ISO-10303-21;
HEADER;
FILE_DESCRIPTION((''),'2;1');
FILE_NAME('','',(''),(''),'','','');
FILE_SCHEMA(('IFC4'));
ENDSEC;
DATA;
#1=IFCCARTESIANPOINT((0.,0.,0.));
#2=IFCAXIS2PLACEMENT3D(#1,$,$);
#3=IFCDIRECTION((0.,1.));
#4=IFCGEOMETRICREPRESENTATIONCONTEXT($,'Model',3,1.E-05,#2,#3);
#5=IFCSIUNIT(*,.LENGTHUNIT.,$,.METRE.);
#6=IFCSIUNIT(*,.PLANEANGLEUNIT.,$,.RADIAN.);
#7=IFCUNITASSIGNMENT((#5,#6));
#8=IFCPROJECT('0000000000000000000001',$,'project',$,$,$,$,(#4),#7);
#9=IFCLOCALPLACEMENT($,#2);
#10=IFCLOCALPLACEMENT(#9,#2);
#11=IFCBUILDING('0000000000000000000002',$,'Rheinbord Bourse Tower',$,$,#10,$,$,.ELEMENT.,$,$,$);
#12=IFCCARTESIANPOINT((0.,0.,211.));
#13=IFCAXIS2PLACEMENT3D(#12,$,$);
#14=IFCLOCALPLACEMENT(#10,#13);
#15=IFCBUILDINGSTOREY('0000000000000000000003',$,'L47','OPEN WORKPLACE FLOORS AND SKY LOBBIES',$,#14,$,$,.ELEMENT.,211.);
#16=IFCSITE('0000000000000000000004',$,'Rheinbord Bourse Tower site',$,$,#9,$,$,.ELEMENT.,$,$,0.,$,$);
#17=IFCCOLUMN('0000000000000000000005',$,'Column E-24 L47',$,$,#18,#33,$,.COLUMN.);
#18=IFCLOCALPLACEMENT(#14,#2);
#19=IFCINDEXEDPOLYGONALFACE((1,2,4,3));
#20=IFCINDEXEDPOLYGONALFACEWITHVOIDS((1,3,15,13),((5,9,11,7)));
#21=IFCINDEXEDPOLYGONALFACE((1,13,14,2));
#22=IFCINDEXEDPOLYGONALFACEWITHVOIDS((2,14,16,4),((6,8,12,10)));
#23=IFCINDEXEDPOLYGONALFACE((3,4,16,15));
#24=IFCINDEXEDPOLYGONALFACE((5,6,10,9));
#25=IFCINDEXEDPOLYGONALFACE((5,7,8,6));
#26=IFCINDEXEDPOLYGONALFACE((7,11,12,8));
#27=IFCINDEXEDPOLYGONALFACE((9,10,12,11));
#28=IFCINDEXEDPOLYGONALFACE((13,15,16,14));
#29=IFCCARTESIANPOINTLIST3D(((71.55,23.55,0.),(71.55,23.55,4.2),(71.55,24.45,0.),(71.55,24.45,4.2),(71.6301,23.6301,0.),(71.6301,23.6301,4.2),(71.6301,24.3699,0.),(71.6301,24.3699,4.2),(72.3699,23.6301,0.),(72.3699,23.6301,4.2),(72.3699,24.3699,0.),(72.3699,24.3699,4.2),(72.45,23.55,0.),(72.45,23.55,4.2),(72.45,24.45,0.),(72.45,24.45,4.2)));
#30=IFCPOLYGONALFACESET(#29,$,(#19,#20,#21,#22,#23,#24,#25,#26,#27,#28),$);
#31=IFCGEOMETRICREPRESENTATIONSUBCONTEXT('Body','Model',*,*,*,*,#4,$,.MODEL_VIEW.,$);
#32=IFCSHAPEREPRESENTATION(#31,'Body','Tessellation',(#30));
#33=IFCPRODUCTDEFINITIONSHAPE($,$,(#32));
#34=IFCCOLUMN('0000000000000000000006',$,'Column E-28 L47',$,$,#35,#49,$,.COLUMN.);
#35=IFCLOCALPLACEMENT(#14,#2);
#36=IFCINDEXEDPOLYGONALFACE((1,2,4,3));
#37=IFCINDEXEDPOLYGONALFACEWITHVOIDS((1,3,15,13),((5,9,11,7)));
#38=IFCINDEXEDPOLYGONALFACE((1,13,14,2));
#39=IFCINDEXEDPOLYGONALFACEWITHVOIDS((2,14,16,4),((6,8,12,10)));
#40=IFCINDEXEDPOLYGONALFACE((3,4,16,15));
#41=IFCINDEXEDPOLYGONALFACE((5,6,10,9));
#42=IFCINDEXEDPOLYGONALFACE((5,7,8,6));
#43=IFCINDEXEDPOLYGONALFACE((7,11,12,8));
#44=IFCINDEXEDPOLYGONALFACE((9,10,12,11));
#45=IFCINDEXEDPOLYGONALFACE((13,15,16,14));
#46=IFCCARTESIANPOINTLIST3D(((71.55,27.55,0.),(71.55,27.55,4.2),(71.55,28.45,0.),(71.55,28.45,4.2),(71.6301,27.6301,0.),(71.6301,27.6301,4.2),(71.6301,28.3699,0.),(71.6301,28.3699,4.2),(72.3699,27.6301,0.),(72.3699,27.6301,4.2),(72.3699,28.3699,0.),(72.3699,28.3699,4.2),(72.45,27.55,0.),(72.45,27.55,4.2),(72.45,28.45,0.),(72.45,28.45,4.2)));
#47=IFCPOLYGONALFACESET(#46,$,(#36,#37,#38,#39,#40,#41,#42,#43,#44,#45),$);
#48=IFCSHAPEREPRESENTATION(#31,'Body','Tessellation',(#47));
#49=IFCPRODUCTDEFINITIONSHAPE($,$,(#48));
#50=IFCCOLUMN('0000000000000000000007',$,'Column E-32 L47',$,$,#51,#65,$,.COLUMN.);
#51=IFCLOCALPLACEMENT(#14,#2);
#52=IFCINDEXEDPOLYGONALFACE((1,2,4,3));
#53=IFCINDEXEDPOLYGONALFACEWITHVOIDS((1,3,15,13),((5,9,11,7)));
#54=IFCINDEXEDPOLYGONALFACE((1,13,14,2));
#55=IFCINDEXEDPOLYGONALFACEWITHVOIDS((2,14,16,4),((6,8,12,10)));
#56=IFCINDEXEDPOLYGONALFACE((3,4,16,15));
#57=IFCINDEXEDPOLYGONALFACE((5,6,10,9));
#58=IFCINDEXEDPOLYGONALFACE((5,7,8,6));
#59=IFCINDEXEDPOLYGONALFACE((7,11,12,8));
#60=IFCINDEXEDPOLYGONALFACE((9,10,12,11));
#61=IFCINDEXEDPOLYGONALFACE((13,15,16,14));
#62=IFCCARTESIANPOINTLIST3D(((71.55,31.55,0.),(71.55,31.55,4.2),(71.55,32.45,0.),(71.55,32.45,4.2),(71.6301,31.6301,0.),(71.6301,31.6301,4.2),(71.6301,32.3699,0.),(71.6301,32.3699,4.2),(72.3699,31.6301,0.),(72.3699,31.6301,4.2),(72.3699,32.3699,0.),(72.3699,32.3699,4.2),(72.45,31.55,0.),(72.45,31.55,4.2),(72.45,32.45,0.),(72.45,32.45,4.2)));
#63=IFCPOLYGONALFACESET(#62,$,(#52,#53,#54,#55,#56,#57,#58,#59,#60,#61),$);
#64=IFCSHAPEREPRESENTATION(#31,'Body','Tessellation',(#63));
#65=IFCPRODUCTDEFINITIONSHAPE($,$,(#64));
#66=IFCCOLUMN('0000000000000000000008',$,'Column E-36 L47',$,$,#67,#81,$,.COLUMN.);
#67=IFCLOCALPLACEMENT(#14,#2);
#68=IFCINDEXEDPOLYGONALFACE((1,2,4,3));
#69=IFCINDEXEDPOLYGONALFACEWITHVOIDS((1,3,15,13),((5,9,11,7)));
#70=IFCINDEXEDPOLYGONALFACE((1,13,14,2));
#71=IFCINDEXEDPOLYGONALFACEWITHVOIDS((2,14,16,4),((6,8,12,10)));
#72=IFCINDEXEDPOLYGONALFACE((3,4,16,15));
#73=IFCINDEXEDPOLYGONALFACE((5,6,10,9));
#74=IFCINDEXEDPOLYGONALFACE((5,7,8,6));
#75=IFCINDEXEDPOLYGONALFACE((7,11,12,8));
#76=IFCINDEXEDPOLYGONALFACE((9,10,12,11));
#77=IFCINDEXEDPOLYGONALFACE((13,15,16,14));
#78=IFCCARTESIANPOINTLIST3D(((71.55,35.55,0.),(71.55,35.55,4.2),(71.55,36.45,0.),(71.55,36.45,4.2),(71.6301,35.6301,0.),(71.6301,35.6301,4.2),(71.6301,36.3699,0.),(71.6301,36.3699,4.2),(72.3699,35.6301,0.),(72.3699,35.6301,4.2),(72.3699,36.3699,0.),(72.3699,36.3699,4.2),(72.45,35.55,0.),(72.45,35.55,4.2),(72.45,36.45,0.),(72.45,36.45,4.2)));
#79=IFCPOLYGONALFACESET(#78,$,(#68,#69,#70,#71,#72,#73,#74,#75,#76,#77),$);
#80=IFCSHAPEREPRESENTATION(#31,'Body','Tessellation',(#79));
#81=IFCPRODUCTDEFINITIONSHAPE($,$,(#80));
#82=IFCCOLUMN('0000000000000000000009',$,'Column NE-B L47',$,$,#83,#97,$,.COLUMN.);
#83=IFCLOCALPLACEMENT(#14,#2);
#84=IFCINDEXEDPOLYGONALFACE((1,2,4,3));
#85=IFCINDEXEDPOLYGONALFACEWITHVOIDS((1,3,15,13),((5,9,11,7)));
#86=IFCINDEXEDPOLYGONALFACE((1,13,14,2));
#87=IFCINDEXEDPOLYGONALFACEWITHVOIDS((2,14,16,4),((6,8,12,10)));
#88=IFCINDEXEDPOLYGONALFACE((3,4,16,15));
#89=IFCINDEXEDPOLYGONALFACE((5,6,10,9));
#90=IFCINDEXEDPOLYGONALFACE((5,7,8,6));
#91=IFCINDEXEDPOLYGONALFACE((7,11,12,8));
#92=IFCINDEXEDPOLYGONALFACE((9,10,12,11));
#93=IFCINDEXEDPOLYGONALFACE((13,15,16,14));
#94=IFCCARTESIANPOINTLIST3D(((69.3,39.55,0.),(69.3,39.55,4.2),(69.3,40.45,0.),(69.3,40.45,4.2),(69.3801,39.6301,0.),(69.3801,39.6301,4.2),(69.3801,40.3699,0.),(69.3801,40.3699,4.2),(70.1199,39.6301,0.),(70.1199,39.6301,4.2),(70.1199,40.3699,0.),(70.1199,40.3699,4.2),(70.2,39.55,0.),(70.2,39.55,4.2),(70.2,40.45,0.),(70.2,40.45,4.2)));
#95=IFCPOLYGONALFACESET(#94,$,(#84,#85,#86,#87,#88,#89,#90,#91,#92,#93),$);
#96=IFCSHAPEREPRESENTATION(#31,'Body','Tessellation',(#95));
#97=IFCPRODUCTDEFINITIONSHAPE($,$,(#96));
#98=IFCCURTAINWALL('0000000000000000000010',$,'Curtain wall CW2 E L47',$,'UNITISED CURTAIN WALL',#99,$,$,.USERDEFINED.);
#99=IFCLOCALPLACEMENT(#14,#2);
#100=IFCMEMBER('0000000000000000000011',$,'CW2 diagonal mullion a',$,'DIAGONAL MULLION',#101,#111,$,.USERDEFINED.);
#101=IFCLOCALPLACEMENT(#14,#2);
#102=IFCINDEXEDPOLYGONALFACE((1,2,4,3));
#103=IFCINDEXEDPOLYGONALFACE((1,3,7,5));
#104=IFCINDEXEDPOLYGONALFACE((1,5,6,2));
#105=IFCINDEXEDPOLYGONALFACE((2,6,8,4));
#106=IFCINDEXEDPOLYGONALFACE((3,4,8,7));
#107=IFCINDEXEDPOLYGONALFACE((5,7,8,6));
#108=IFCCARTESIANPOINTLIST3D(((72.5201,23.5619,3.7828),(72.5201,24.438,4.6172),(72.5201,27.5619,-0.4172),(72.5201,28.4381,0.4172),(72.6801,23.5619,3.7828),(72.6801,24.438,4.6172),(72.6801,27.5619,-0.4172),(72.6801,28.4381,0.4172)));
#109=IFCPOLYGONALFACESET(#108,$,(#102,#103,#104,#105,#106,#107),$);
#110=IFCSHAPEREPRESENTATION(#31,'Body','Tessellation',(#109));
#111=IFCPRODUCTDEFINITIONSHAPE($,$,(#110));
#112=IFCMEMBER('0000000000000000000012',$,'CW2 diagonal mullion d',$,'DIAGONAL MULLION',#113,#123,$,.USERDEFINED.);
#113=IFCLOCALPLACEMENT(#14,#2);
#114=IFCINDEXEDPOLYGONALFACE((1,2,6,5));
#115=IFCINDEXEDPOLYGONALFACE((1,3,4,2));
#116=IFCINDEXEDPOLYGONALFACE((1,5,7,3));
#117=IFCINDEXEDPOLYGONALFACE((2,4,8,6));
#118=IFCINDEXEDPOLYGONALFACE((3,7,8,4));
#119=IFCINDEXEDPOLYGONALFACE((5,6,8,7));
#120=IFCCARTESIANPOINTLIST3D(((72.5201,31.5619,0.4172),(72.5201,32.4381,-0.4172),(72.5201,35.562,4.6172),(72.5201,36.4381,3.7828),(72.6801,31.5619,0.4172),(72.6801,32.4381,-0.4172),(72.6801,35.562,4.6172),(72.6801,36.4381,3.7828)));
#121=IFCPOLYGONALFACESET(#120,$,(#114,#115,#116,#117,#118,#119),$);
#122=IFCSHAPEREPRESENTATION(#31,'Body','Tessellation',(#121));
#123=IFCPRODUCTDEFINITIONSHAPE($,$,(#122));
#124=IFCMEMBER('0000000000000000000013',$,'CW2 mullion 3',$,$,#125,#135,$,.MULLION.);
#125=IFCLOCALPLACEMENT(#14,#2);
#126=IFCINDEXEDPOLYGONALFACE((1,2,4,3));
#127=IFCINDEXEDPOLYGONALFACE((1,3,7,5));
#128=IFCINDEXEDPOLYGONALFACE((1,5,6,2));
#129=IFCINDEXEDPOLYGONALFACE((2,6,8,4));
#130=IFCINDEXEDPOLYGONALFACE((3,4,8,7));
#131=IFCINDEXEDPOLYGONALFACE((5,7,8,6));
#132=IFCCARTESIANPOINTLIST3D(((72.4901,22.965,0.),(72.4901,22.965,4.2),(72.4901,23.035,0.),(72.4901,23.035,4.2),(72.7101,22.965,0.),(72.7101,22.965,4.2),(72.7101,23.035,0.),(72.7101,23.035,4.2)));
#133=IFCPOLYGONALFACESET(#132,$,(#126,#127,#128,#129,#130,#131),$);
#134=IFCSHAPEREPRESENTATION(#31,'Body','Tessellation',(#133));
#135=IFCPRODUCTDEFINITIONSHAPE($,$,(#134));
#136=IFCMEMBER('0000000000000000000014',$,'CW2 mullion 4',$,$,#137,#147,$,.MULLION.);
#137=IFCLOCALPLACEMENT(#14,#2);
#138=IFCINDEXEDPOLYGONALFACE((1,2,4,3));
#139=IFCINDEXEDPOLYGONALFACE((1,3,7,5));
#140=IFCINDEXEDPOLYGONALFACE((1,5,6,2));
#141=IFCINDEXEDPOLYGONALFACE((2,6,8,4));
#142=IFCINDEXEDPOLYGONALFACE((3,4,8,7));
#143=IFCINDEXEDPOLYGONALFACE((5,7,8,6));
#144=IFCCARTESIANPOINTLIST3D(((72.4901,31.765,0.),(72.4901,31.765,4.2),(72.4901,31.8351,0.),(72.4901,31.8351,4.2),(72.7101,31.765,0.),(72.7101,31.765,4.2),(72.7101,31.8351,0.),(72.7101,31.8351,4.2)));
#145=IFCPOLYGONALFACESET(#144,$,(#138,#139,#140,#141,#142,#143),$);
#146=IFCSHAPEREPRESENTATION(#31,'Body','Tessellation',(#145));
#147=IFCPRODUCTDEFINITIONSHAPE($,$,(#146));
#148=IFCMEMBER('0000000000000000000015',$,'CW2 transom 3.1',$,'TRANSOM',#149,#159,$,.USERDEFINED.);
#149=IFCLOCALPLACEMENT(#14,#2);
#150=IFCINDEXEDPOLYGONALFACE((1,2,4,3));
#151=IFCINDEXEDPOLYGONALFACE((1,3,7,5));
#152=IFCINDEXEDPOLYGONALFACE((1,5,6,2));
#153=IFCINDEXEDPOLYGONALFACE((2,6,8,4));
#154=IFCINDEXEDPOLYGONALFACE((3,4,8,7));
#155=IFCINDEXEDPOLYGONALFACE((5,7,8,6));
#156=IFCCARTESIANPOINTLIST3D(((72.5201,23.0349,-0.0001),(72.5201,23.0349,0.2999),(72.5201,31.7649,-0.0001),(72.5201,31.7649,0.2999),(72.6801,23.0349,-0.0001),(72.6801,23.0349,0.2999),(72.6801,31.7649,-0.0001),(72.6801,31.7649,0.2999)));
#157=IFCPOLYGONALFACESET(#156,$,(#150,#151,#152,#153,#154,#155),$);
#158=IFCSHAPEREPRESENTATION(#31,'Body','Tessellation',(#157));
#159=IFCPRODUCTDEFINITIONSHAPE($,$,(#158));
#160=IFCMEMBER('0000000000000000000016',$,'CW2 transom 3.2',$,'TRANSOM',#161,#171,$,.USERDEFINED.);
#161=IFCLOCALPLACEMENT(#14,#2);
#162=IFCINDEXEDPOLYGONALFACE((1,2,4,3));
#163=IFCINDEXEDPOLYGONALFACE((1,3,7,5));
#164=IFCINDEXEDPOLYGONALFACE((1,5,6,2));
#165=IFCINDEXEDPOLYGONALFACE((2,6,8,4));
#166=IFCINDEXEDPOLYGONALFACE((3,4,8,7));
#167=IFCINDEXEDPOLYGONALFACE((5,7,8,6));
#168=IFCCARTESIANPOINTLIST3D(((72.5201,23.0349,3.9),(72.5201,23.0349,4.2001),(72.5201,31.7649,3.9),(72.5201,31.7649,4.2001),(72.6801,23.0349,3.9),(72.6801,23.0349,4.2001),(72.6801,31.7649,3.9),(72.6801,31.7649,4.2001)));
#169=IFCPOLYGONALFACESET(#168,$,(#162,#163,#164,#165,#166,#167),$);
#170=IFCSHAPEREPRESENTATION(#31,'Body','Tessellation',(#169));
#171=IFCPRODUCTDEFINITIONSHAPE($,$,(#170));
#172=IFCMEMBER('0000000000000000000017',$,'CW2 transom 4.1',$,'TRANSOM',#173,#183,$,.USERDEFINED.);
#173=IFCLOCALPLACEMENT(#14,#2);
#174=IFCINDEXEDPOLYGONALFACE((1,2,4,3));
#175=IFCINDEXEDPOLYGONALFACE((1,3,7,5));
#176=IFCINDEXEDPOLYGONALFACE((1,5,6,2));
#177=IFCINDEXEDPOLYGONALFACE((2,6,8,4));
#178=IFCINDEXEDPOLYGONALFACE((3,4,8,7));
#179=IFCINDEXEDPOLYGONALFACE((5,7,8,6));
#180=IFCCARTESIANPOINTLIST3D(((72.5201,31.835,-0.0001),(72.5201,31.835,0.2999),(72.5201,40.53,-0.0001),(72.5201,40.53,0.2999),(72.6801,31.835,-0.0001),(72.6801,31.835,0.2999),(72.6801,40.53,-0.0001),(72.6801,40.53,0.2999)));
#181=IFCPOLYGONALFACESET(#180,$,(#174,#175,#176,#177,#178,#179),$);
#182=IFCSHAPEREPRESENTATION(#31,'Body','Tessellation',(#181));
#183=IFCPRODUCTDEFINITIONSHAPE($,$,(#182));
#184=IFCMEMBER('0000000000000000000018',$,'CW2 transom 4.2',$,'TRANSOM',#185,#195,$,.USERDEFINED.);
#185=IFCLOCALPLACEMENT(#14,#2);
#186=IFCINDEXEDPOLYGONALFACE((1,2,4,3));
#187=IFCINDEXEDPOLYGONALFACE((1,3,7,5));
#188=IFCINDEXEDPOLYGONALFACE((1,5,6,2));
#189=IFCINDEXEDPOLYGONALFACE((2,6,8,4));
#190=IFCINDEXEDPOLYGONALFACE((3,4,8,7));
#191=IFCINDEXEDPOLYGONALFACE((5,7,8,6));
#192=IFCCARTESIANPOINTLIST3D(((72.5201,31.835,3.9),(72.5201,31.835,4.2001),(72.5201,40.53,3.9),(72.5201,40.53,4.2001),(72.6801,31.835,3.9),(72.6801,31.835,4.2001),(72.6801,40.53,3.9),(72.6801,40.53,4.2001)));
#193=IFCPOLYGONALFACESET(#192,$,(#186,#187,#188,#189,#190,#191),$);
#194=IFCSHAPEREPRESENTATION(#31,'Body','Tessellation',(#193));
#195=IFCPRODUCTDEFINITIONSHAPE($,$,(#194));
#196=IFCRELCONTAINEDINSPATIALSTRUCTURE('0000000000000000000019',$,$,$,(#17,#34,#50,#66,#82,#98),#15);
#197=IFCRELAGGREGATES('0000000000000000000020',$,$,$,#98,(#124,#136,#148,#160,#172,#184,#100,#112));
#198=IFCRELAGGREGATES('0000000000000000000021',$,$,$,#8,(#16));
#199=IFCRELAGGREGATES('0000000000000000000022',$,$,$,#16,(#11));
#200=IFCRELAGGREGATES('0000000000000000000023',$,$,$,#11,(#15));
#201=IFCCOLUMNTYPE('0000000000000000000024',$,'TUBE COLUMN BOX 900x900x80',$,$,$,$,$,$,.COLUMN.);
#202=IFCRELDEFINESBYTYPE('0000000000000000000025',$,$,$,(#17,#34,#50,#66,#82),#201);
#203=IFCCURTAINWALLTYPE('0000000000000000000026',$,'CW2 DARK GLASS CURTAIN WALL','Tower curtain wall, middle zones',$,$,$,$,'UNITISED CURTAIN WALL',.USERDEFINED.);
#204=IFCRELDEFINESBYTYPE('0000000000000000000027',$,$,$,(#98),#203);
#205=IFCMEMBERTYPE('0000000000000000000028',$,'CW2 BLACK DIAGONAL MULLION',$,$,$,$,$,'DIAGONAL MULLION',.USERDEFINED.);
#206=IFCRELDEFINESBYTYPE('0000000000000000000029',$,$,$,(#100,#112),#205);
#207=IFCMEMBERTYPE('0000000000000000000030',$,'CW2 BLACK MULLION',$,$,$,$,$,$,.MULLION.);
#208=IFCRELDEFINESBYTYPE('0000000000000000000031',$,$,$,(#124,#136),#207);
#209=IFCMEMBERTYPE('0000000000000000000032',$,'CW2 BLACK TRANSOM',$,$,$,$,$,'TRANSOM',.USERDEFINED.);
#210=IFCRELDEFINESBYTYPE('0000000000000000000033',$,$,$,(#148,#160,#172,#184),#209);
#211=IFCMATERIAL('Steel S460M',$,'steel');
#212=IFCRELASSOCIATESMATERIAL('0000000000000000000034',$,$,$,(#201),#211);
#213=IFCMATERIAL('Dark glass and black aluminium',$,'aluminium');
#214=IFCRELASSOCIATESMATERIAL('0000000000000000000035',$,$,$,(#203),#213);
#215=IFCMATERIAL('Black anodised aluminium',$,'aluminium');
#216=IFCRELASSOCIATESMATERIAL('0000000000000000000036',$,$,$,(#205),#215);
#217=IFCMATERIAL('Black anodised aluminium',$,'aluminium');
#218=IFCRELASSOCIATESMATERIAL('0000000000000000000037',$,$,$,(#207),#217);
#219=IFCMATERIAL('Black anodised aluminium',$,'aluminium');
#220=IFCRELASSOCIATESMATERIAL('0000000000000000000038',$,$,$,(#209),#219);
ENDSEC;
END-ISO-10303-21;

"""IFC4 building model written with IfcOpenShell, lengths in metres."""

from ifc_helpers import new_model, si_unit, direction, frame, origin, origin_2d, place, context, subcontext, project, spatial, rectangle, hollow_rectangle, extrude, material, material_profile, profile_set, type_object, element, aggregate, save


model = new_model("IFC4")

# Units and contexts
model_context = context("Model", 3, precision=1e-05, world=origin(), true_north=direction((0.0, 1.0)))
body_context = subcontext(model_context, "Body", "Model", "MODEL_VIEW")
ifc_project = project(units=[si_unit("LENGTHUNIT", "METRE"), si_unit("PLANEANGLEUNIT", "RADIAN")], contexts=[model_context])

# Site, building, storey
site_placement = place(None, origin())
site = spatial("IfcSite", under=ifc_project, at=site_placement, Name="Rheinbord Bourse Tower site", CompositionType="ELEMENT", RefElevation=0.0)
building_placement = place(site_placement, origin())
building = spatial("IfcBuilding", under=site, at=building_placement, Name="Rheinbord Bourse Tower", CompositionType="ELEMENT")
storey_placement = place(building_placement, frame((0.0, 0.0, 211.0)))
storey = spatial("IfcBuildingStorey", under=building, at=storey_placement, Name="L47", Description="OPEN WORKPLACE FLOORS AND SKY LOBBIES", CompositionType="ELEMENT", Elevation=211.0)

# Columns
ifc_material_1 = material(Name="Steel S460M", Category="steel")
ifc_material_profile_1 = material_profile(ifc_material_1, hollow_rectangle(XDim=0.8999, YDim=0.8999, WallThickness=0.0801, at=origin_2d()), Name="BOX 900x900x80")
ifc_profile_set_1 = profile_set([ifc_material_profile_1], Name="Steel S460M")
column_type = type_object("IfcColumnType", Name="TUBE COLUMN BOX 900x900x80", PredefinedType="COLUMN", material=ifc_profile_set_1)
for number, where, z_axis, x_axis, name in (
    (1, (72.0, 24.0, 0.0), (0.0, 0.0, 1.0), (1.0, 0.0, 0.0), "Column E-24 L47"),
    (2, (72.0, 28.0, 0.0), (0.0, 0.0, 1.0), (1.0, 0.0, 0.0), "Column E-28 L47"),
    (3, (72.0, 32.0, 0.0), (0.0, 0.0, 1.0), (1.0, 0.0, 0.0), "Column E-32 L47"),
    (4, (72.0, 36.0, 0.0), (0.0, 0.0, 1.0), (1.0, 0.0, 0.0), "Column E-36 L47"),
    (5, (69.75, 40.0, 0.0), (0.0, 0.0, 1.0), (1.0, 0.0, 0.0), "Column NE-B L47"),
):
    element("IfcColumn", number, at=place(storey_placement, frame(where, z_axis=z_axis, x_axis=x_axis)), inside=storey, type_object=column_type, Name=name, PredefinedType="COLUMN", context=body_context, shape_type="SweptSolid", body=[
        extrude(hollow_rectangle(XDim=0.8999, YDim=0.8999, WallThickness=0.0801, at=origin_2d()), origin(), (0.0, 0.0, 1.0), 4.2),
    ])

# Curtain wall, members
ifc_material_2 = material(Name="Dark glass and black aluminium", Category="aluminium")
curtain_wall_type = type_object("IfcCurtainWallType", Name="CW2 DARK GLASS CURTAIN WALL", Description="Tower curtain wall, middle zones", ElementType="UNITISED CURTAIN WALL", PredefinedType="USERDEFINED", material=ifc_material_2)
curtain_wall_placement = place(storey_placement, origin())
curtain_wall = element("IfcCurtainWall", 6, at=curtain_wall_placement, inside=storey, type_object=curtain_wall_type, Name="Curtain wall CW2 E L47", ObjectType="UNITISED CURTAIN WALL", PredefinedType="USERDEFINED")
ifc_material_3 = material(Name="Black anodised aluminium", Category="aluminium")
ifc_material_profile_2 = material_profile(ifc_material_3, rectangle(XDim=0.1599, YDim=1.21, at=origin_2d()), Name="CW2 DIAGONAL MULLION 1210x160")
ifc_profile_set_2 = profile_set([ifc_material_profile_2], Name="Black anodised aluminium")
member_type_1 = type_object("IfcMemberType", Name="CW2 BLACK DIAGONAL MULLION", ElementType="DIAGONAL MULLION", PredefinedType="USERDEFINED", material=ifc_profile_set_2)
member_1_placement = place(storey_placement, frame((72.6001, 28.0, 0.0), z_axis=(0.0, -0.689659, 0.724134), x_axis=(1.0, 0.0, 0.0)))
member_1 = element("IfcMember", 7, at=member_1_placement, type_object=member_type_1, Name="CW2 diagonal mullion a", ObjectType="DIAGONAL MULLION", PredefinedType="USERDEFINED", context=body_context, shape_type="SweptSolid", body=[
    extrude(rectangle(XDim=0.1599, YDim=1.21, at=origin_2d()), origin(), (0.0, 0.0, 1.0), 5.8),
])
member_2_placement = place(storey_placement, frame((72.6001, 32.0, 0.0), z_axis=(0.0, 0.689659, 0.724134), x_axis=(-1.0, 0.0, 0.0)))
member_2 = element("IfcMember", 8, at=member_2_placement, type_object=member_type_1, Name="CW2 diagonal mullion d", ObjectType="DIAGONAL MULLION", PredefinedType="USERDEFINED", context=body_context, shape_type="SweptSolid", body=[
    extrude(rectangle(XDim=0.1599, YDim=1.21, at=origin_2d()), origin(), (0.0, 0.0, 1.0), 5.8),
])
ifc_material_4 = material(Name="Black anodised aluminium", Category="aluminium")
ifc_material_profile_3 = material_profile(ifc_material_4, rectangle(XDim=0.22, YDim=0.0701, at=origin_2d()), Name="CW2 MULLION 70x220")
ifc_profile_set_3 = profile_set([ifc_material_profile_3], Name="Black anodised aluminium")
member_type_2 = type_object("IfcMemberType", Name="CW2 BLACK MULLION", PredefinedType="MULLION", material=ifc_profile_set_3)
member_3_placement = place(storey_placement, frame((72.6001, 23.0, 0.0), z_axis=(0.0, 0.0, 1.0), x_axis=(-1.0, 0.0, 0.0)))
member_3 = element("IfcMember", 9, at=member_3_placement, type_object=member_type_2, Name="CW2 mullion 3", PredefinedType="MULLION", context=body_context, shape_type="SweptSolid", body=[
    extrude(rectangle(XDim=0.22, YDim=0.0701, at=origin_2d()), origin(), (0.0, 0.0, 1.0), 4.2),
])
member_4_placement = place(storey_placement, frame((72.6001, 31.8, 0.0), z_axis=(0.0, 0.0, 1.0), x_axis=(-1.0, 0.0, 0.0)))
member_4 = element("IfcMember", 10, at=member_4_placement, type_object=member_type_2, Name="CW2 mullion 4", PredefinedType="MULLION", context=body_context, shape_type="SweptSolid", body=[
    extrude(rectangle(XDim=0.22, YDim=0.0701, at=origin_2d()), origin(), (0.0, 0.0, 1.0), 4.2),
])
ifc_material_5 = material(Name="Black anodised aluminium", Category="aluminium")
ifc_material_profile_4 = material_profile(ifc_material_5, rectangle(XDim=0.1599, YDim=0.3, at=origin_2d()), Name="CW2 TRANSOM 300x160")
ifc_profile_set_4 = profile_set([ifc_material_profile_4], Name="Black anodised aluminium")
member_type_3 = type_object("IfcMemberType", Name="CW2 BLACK TRANSOM", ElementType="TRANSOM", PredefinedType="USERDEFINED", material=ifc_profile_set_4)
member_5_placement = place(storey_placement, frame((72.6001, 23.0349, 0.1499), z_axis=(0.0, 1.0, 0.0), x_axis=(-1.0, 0.0, 0.0)))
member_5 = element("IfcMember", 11, at=member_5_placement, type_object=member_type_3, Name="CW2 transom 3.1", ObjectType="TRANSOM", PredefinedType="USERDEFINED", context=body_context, shape_type="SweptSolid", body=[
    extrude(rectangle(XDim=0.1599, YDim=0.3, at=origin_2d()), origin(), (0.0, 0.0, 1.0), 8.73),
])
member_6_placement = place(storey_placement, frame((72.6001, 23.0349, 4.05), z_axis=(0.0, 1.0, 0.0), x_axis=(-1.0, 0.0, 0.0)))
member_6 = element("IfcMember", 12, at=member_6_placement, type_object=member_type_3, Name="CW2 transom 3.2", ObjectType="TRANSOM", PredefinedType="USERDEFINED", context=body_context, shape_type="SweptSolid", body=[
    extrude(rectangle(XDim=0.1599, YDim=0.3, at=origin_2d()), origin(), (0.0, 0.0, 1.0), 8.73),
])
member_7_placement = place(storey_placement, frame((72.6001, 31.835, 0.1499), z_axis=(0.0, 1.0, 0.0), x_axis=(-1.0, 0.0, 0.0)))
member_7 = element("IfcMember", 13, at=member_7_placement, type_object=member_type_3, Name="CW2 transom 4.1", ObjectType="TRANSOM", PredefinedType="USERDEFINED", context=body_context, shape_type="SweptSolid", body=[
    extrude(rectangle(XDim=0.1599, YDim=0.3, at=origin_2d()), origin(), (0.0, 0.0, 1.0), 8.6951),
])
member_8_placement = place(storey_placement, frame((72.6001, 31.835, 4.05), z_axis=(0.0, 1.0, 0.0), x_axis=(-1.0, 0.0, 0.0)))
member_8 = element("IfcMember", 14, at=member_8_placement, type_object=member_type_3, Name="CW2 transom 4.2", ObjectType="TRANSOM", PredefinedType="USERDEFINED", context=body_context, shape_type="SweptSolid", body=[
    extrude(rectangle(XDim=0.1599, YDim=0.3, at=origin_2d()), origin(), (0.0, 0.0, 1.0), 8.6951),
])

aggregate(curtain_wall, [member_3, member_4, member_5, member_6, member_7, member_8, member_1, member_2])

save(model, "model.ifc")
